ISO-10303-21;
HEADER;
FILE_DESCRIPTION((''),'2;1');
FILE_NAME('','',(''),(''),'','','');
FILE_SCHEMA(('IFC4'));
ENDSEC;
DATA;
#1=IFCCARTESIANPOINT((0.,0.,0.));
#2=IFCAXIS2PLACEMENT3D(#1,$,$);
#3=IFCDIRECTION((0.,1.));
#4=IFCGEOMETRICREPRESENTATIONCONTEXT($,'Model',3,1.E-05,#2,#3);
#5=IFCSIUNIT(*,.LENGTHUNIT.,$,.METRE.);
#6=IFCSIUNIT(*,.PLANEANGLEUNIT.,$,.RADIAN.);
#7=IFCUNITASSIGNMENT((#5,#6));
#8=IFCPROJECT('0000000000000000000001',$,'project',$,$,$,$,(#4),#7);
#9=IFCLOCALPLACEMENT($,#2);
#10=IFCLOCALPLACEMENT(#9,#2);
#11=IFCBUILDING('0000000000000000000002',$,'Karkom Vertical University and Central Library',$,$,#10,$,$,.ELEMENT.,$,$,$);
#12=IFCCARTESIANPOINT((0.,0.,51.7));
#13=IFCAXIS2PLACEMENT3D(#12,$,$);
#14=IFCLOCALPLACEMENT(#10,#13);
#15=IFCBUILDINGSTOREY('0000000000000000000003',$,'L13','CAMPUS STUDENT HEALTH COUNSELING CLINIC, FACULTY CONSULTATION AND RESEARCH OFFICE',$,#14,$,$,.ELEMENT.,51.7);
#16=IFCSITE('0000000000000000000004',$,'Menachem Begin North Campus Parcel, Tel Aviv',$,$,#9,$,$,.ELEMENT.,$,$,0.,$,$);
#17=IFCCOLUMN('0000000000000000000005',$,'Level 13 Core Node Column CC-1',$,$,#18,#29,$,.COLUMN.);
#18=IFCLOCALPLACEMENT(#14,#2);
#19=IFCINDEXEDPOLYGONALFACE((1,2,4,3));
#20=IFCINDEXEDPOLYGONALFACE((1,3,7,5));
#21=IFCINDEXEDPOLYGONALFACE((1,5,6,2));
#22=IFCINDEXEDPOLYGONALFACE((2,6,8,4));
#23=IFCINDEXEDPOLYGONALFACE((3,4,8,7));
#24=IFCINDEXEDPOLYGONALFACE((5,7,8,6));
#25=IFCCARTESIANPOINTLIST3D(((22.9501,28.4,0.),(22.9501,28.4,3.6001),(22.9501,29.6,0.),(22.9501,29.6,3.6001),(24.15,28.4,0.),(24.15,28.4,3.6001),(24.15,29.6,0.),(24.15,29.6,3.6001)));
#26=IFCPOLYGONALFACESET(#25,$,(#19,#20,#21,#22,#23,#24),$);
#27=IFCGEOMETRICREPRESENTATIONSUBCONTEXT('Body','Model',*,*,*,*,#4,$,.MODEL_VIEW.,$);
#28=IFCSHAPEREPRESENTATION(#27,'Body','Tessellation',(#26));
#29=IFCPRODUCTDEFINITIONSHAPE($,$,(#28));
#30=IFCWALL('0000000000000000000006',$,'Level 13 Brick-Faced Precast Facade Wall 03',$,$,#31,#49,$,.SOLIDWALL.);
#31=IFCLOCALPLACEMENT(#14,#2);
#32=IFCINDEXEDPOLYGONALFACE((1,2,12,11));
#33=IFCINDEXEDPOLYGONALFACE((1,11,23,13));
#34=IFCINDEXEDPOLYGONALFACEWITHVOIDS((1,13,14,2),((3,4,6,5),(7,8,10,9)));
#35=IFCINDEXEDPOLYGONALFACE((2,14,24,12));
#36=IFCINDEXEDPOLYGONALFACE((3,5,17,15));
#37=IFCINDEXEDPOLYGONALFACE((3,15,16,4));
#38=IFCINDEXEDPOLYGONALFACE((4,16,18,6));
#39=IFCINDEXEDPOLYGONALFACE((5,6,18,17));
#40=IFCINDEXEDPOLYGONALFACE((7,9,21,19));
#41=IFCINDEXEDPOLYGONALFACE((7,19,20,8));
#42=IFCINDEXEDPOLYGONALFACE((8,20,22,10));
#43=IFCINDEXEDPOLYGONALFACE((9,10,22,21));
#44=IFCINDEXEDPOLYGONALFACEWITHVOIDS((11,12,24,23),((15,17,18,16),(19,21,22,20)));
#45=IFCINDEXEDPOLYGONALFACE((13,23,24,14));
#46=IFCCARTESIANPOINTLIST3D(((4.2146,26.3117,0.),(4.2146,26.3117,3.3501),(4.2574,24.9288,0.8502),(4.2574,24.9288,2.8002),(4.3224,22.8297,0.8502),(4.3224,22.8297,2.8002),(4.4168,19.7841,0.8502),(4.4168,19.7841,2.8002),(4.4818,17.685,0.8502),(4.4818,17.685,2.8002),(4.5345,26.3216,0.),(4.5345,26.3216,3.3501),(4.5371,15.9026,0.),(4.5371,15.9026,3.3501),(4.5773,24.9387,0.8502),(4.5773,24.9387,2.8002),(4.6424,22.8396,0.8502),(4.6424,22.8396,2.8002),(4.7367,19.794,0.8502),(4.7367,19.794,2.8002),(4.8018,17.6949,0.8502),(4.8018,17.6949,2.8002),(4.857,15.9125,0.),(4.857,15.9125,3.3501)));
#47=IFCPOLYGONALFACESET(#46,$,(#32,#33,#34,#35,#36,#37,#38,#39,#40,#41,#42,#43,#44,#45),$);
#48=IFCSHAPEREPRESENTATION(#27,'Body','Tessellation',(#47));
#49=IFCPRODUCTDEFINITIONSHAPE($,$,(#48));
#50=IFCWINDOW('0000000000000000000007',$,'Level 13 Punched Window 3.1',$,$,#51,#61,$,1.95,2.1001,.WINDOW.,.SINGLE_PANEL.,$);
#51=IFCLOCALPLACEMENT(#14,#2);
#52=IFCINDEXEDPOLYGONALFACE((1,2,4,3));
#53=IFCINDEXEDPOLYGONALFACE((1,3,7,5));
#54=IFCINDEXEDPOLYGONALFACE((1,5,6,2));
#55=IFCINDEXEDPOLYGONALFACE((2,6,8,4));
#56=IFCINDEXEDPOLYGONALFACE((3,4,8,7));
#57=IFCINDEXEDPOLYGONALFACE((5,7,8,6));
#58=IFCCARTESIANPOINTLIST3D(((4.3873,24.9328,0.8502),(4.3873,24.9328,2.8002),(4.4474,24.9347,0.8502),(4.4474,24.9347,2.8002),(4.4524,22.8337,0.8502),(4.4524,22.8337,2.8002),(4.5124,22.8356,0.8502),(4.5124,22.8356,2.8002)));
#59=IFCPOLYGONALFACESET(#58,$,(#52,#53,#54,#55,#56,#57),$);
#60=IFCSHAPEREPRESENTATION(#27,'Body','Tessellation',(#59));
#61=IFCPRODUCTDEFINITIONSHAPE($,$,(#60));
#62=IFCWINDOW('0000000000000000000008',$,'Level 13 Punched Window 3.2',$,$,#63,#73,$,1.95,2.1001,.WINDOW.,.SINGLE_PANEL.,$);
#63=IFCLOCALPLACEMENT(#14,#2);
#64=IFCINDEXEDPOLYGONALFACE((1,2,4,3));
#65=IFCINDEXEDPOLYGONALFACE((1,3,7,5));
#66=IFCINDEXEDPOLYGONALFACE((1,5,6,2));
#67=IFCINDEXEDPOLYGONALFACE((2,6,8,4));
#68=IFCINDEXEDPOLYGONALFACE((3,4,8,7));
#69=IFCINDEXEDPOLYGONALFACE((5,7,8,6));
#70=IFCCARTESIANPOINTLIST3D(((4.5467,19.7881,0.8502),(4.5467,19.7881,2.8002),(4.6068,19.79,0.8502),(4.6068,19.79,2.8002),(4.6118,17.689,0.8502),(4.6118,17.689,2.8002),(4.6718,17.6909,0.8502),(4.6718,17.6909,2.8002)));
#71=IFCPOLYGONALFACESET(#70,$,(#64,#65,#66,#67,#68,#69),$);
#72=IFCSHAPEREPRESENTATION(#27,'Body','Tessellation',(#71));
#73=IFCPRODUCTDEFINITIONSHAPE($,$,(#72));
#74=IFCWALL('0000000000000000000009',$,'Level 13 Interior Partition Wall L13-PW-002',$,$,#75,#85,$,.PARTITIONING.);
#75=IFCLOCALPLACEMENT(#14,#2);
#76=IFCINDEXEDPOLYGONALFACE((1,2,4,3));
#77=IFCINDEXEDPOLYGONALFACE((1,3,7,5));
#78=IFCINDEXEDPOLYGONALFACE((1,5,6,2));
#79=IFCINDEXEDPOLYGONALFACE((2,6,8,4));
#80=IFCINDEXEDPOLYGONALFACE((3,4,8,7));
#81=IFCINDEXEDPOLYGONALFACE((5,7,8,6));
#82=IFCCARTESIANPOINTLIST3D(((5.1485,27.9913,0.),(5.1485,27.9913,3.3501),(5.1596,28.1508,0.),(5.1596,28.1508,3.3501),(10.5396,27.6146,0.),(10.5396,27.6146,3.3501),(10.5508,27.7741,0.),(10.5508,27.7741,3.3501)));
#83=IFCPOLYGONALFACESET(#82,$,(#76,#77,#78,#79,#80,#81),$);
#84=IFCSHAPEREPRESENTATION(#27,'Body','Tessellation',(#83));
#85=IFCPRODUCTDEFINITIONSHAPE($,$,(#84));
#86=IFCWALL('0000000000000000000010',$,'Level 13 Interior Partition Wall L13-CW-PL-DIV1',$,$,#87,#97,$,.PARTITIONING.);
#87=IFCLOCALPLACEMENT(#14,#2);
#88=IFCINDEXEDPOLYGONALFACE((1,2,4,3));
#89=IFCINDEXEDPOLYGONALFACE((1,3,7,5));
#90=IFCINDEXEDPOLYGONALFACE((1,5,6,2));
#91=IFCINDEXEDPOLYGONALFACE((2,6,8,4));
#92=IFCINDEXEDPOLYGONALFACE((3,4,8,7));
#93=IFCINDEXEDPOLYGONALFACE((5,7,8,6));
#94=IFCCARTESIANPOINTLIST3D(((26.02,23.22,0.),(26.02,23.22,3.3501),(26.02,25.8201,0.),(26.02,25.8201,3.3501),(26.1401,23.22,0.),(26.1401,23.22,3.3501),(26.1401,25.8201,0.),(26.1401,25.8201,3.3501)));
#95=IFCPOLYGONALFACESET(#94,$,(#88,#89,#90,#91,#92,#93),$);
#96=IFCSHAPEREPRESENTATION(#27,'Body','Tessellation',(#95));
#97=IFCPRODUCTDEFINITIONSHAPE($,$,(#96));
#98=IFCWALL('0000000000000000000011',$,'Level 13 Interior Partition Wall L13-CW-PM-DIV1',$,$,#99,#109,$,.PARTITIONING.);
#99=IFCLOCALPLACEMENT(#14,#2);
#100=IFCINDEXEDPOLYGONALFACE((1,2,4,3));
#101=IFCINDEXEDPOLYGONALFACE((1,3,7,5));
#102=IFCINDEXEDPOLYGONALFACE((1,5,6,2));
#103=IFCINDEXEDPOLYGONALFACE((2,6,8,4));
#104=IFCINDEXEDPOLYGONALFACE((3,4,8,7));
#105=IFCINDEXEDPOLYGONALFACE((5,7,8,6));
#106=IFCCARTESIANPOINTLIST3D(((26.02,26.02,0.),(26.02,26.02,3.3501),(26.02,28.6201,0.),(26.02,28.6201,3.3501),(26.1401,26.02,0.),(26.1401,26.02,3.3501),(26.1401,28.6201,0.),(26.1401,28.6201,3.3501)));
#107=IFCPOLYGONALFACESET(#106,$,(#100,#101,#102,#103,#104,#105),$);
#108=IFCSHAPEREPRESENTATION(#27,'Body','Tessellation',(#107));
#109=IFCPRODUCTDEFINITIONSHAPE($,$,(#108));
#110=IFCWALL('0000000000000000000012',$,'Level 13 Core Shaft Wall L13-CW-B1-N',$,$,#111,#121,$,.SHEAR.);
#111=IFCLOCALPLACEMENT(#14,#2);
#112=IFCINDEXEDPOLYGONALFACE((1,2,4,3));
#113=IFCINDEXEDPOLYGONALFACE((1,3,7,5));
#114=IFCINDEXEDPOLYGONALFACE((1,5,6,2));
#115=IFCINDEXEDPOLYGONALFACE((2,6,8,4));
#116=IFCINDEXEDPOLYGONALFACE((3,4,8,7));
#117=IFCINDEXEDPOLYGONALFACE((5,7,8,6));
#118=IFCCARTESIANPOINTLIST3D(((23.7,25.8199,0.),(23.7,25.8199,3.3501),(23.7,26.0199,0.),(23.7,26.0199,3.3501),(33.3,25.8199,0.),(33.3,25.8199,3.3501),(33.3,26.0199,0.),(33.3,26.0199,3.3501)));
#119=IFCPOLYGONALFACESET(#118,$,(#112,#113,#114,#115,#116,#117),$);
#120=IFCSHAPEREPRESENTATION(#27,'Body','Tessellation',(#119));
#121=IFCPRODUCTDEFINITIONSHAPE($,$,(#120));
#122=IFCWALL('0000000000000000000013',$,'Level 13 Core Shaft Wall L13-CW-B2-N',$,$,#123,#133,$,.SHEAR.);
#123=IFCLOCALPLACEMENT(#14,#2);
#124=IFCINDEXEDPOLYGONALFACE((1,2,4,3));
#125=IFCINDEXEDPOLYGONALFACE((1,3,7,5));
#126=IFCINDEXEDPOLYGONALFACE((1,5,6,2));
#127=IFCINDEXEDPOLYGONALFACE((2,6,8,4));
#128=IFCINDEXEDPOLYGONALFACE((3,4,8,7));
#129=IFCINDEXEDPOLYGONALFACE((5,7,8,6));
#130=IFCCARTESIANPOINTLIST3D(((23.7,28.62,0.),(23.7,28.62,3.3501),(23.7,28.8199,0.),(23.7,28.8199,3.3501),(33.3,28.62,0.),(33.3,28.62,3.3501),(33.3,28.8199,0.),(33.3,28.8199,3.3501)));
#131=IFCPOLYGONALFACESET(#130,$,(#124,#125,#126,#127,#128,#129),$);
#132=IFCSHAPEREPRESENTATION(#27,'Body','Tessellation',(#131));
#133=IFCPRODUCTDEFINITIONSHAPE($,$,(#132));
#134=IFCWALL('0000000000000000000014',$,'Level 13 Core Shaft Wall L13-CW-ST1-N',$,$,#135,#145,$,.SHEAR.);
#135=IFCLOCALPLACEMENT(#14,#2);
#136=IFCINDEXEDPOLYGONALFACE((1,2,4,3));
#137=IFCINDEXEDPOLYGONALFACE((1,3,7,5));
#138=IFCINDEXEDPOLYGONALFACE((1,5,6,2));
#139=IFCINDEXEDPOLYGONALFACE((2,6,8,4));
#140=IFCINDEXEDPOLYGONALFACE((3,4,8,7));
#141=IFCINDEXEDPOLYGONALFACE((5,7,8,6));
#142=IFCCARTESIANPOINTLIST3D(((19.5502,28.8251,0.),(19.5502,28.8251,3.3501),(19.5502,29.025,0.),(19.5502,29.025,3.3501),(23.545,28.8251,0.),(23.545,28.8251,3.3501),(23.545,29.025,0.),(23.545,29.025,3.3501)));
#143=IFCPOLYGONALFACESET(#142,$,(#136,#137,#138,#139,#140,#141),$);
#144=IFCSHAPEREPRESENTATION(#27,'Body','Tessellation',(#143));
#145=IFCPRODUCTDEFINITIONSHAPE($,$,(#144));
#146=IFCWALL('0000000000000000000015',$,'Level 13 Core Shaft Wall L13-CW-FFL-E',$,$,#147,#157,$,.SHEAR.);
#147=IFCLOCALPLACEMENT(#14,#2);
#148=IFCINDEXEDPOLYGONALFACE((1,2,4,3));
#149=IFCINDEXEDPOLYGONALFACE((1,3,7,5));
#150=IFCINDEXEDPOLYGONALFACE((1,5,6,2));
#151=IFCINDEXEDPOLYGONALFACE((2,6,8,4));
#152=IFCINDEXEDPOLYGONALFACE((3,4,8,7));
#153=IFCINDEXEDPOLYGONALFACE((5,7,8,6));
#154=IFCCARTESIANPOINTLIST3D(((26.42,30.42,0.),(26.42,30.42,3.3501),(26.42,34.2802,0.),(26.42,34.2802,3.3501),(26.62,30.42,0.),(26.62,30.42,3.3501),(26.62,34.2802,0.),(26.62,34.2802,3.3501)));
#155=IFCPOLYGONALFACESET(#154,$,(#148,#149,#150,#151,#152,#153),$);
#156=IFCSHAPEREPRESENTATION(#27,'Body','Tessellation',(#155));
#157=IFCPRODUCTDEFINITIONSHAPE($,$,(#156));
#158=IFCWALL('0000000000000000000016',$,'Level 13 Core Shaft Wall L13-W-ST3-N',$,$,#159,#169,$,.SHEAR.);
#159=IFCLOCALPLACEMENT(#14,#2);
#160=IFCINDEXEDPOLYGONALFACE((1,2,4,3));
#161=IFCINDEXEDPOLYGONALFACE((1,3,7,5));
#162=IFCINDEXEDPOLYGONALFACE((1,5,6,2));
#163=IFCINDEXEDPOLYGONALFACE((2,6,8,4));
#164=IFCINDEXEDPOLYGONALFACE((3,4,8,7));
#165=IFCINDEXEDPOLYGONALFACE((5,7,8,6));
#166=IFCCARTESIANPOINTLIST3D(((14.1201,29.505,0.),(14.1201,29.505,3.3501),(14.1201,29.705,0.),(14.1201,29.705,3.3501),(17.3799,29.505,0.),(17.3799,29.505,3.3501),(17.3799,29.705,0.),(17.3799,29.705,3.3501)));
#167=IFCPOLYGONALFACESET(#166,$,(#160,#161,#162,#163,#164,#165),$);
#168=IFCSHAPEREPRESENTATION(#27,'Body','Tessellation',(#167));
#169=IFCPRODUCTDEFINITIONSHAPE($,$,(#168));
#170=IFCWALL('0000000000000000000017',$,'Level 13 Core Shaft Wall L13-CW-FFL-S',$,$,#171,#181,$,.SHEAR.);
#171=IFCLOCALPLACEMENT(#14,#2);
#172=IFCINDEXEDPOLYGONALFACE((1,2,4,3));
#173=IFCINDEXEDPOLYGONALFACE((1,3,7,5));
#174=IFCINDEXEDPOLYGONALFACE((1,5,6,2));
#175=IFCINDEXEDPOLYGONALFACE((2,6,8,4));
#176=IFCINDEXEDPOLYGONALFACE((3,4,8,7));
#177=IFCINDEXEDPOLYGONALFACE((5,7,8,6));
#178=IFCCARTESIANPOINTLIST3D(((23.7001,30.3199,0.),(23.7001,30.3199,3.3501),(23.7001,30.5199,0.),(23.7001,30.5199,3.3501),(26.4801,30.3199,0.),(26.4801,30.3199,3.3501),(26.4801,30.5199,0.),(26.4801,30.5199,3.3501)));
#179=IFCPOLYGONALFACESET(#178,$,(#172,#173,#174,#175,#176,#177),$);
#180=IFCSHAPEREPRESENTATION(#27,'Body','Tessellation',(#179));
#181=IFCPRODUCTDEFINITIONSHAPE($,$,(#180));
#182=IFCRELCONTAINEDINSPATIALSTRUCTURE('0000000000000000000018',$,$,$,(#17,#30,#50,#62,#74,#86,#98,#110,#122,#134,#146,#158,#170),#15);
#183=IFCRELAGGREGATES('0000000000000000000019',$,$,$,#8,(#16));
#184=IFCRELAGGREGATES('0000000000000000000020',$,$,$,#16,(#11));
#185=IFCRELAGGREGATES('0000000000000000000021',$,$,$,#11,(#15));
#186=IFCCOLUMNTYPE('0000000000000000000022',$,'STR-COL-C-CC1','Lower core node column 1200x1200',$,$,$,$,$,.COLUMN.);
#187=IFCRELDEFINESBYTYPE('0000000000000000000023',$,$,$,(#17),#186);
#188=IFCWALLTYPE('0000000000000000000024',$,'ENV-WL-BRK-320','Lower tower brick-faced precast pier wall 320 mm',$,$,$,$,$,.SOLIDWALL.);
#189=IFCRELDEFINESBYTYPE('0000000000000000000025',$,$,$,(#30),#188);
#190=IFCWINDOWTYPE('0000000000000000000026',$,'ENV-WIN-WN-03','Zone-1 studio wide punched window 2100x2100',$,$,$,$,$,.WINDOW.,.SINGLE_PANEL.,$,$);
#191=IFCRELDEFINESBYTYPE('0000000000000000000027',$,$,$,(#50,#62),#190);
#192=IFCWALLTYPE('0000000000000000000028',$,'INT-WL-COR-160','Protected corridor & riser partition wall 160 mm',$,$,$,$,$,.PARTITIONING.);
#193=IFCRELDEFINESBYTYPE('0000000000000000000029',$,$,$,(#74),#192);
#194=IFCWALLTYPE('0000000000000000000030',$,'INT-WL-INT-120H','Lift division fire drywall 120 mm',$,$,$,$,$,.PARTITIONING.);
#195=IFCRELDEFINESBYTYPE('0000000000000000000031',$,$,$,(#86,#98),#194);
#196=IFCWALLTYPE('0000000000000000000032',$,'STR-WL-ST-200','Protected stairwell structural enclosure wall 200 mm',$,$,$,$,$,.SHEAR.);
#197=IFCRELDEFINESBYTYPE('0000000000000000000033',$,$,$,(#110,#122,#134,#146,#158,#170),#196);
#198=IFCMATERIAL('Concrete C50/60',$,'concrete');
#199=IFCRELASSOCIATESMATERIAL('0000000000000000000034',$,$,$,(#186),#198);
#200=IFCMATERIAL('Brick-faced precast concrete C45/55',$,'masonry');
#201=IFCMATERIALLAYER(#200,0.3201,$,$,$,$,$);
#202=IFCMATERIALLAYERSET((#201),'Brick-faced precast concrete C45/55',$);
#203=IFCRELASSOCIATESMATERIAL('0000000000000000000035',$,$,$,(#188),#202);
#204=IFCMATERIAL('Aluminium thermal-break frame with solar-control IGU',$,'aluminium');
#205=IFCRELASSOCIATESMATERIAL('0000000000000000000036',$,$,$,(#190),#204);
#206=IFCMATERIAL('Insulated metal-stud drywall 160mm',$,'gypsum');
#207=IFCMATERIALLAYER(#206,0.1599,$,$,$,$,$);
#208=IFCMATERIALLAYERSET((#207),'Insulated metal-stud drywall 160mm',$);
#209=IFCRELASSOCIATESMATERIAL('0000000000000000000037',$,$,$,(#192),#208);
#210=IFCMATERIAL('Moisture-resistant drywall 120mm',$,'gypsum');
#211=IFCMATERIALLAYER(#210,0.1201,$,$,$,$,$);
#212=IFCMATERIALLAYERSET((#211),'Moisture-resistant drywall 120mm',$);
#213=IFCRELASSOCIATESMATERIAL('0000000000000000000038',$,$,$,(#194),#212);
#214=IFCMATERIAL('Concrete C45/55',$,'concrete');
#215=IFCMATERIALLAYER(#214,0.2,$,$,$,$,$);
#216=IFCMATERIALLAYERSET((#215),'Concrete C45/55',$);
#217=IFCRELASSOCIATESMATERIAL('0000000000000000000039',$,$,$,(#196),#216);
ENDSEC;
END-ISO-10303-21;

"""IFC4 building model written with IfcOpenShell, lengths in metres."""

from ifc_helpers import new_model, si_unit, direction, frame, frame_2d, origin, origin_with_axes, origin_2d, place, context, subcontext, project, spatial, rectangle, extrude, source, transform, mapped, material, layer, layer_set, material_profile, profile_set, type_object, element, fill, save


model = new_model("IFC4")

# Units and contexts
model_context = context("Model", 3, precision=1e-05, world=origin(), true_north=direction((0.0, 1.0)))
body_context = subcontext(model_context, "Body", "Model", "MODEL_VIEW")
ifc_project = project(units=[si_unit("LENGTHUNIT", "METRE"), si_unit("PLANEANGLEUNIT", "RADIAN")], contexts=[model_context])

# Site, building, storey
site_placement = place(None, origin())
site = spatial("IfcSite", under=ifc_project, at=site_placement, Name="Menachem Begin North Campus Parcel, Tel Aviv", CompositionType="ELEMENT", RefElevation=0.0)
building_placement = place(site_placement, origin())
building = spatial("IfcBuilding", under=site, at=building_placement, Name="Karkom Vertical University and Central Library", CompositionType="ELEMENT")
storey_placement = place(building_placement, frame((0.0, 0.0, 51.7)))
storey = spatial("IfcBuildingStorey", under=building, at=storey_placement, Name="L13", Description="CAMPUS STUDENT HEALTH COUNSELING CLINIC, FACULTY CONSULTATION AND RESEARCH OFFICE", CompositionType="ELEMENT", Elevation=51.7)

# Column
ifc_material_1 = material(Name="Concrete C50/60", Category="concrete")
ifc_material_profile = material_profile(ifc_material_1, rectangle(XDim=1.2, YDim=1.2, at=origin_2d()), Name="RC-1200x1200")
ifc_profile_set = profile_set([ifc_material_profile], Name="Concrete C50/60")
column_type = type_object("IfcColumnType", Name="STR-COL-C-CC1", Description="Lower core node column 1200x1200", PredefinedType="COLUMN", material=ifc_profile_set)
shared_shape_1 = source(origin_with_axes(), body_context, "Body", "SweptSolid", [
    extrude(rectangle(XDim=1.2, YDim=1.2, at=origin_2d()), origin(), (0.0, 0.0, 1.0), 3.6001),
])
column_placement = place(storey_placement, frame((23.55, 29.0, 0.0), z_axis=(0.0, 0.0, 1.0), x_axis=(1.0, 0.0, 0.0)))
element("IfcColumn", 1, at=column_placement, inside=storey, type_object=column_type, Name="Level 13 Core Node Column CC-1", PredefinedType="COLUMN", context=body_context, shape_type="MappedRepresentation", body=[
    mapped(shared_shape_1, transform((0.0, 0.0, 0.0), scale=1.0)),
])

# Wall, openings, windows
ifc_material_2 = material(Name="Brick-faced precast concrete C45/55", Category="masonry")
ifc_layer_1 = layer(ifc_material_2, 0.3201)
ifc_layer_set_1 = layer_set([ifc_layer_1], Name="Brick-faced precast concrete C45/55")
wall_type_1 = type_object("IfcWallType", Name="ENV-WL-BRK-320", Description="Lower tower brick-faced precast pier wall 320 mm", PredefinedType="SOLIDWALL", material=ifc_layer_set_1)
wall_1_placement = place(storey_placement, frame((4.3745, 26.3167, 0.0), z_axis=(0.0, 0.0, 1.0), x_axis=(0.030968, -0.99952, 0.0)))
wall_1 = element("IfcWall", 2, at=wall_1_placement, inside=storey, type_object=wall_type_1, Name="Level 13 Brick-Faced Precast Facade Wall 03", PredefinedType="SOLIDWALL", context=body_context, shape_type="SweptSolid", body=[
    extrude(rectangle(XDim=10.4141, YDim=0.3201, at=frame_2d((5.207, 0.0))), origin(), (0.0, 0.0, 1.0), 3.3501),
])
opening_1_placement = place(wall_1_placement, frame((1.3835, 0.0, 0.8501)))
opening_1 = element("IfcOpeningElement", 3, at=opening_1_placement, cuts=wall_1, PredefinedType="OPENING", context=body_context, shape_type="SweptSolid", body=[
    extrude(rectangle(XDim=2.1001, YDim=1.95, at=frame_2d((1.05, 0.9751))), frame((0.0, 0.1699, 0.0), z_axis=(0.0, -1.0, 0.0), x_axis=(1.0, 0.0, 0.0)), (0.0, 0.0, 1.0), 0.3401),
])
opening_2_placement = place(wall_1_placement, frame((6.5308, 0.0, 0.8501)))
opening_2 = element("IfcOpeningElement", 4, at=opening_2_placement, cuts=wall_1, PredefinedType="OPENING", context=body_context, shape_type="SweptSolid", body=[
    extrude(rectangle(XDim=2.1001, YDim=1.95, at=frame_2d((1.05, 0.9751))), frame((0.0, 0.1699, 0.0), z_axis=(0.0, -1.0, 0.0), x_axis=(1.0, 0.0, 0.0)), (0.0, 0.0, 1.0), 0.3401),
])
ifc_material_3 = material(Name="Aluminium thermal-break frame with solar-control IGU", Category="aluminium")
window_type = type_object("IfcWindowType", Name="ENV-WIN-WN-03", Description="Zone-1 studio wide punched window 2100x2100", PartitioningType="SINGLE_PANEL", PredefinedType="WINDOW", material=ifc_material_3)
shared_shape_2 = source(origin_with_axes(), body_context, "Body", "SweptSolid", [
    extrude(rectangle(XDim=2.1001, YDim=1.95, at=frame_2d((1.05, 0.9751))), frame((0.0, 0.03, 0.0), z_axis=(0.0, -1.0, 0.0), x_axis=(1.0, 0.0, 0.0)), (0.0, 0.0, 1.0), 0.0601),
])
window_1_placement = place(opening_1_placement, origin())
window_1 = element("IfcWindow", 5, at=window_1_placement, inside=storey, type_object=window_type, Name="Level 13 Punched Window 3.1", OverallHeight=1.95, OverallWidth=2.1001, PartitioningType="SINGLE_PANEL", PredefinedType="WINDOW", context=body_context, shape_type="MappedRepresentation", body=[
    mapped(shared_shape_2, transform((0.0, 0.0, 0.0), scale=1.0)),
])
fill(opening_1, window_1)
window_2_placement = place(opening_2_placement, origin())
window_2 = element("IfcWindow", 6, at=window_2_placement, inside=storey, type_object=window_type, Name="Level 13 Punched Window 3.2", OverallHeight=1.95, OverallWidth=2.1001, PartitioningType="SINGLE_PANEL", PredefinedType="WINDOW", context=body_context, shape_type="MappedRepresentation", body=[
    mapped(shared_shape_2, transform((0.0, 0.0, 0.0), scale=1.0)),
])
fill(opening_2, window_2)

# Walls
ifc_material_4 = material(Name="Insulated metal-stud drywall 160mm", Category="gypsum")
ifc_layer_2 = layer(ifc_material_4, 0.1599)
ifc_layer_set_2 = layer_set([ifc_layer_2], Name="Insulated metal-stud drywall 160mm")
wall_type_2 = type_object("IfcWallType", Name="INT-WL-COR-160", Description="Protected corridor & riser partition wall 160 mm", PredefinedType="PARTITIONING", material=ifc_layer_set_2)
wall_2_placement = place(storey_placement, frame((5.1541, 28.071, 0.0), z_axis=(0.0, 0.0, 1.0), x_axis=(0.997568, -0.069706, 0.0)))
element("IfcWall", 7, at=wall_2_placement, inside=storey, type_object=wall_type_2, Name="Level 13 Interior Partition Wall L13-PW-002", PredefinedType="PARTITIONING", context=body_context, shape_type="SweptSolid", body=[
    extrude(rectangle(XDim=5.4043, YDim=0.1599, at=frame_2d((2.7021, 0.0))), origin(), (0.0, 0.0, 1.0), 3.3501),
])
ifc_material_5 = material(Name="Moisture-resistant drywall 120mm", Category="gypsum")
ifc_layer_3 = layer(ifc_material_5, 0.1201)
ifc_layer_set_3 = layer_set([ifc_layer_3], Name="Moisture-resistant drywall 120mm")
wall_type_3 = type_object("IfcWallType", Name="INT-WL-INT-120H", Description="Lift division fire drywall 120 mm", PredefinedType="PARTITIONING", material=ifc_layer_set_3)
for number, where, z_axis, x_axis, name in (
    (8, (26.0801, 23.22, 0.0), (0.0, 0.0, 1.0), (0.0, 1.0, 0.0), "Level 13 Interior Partition Wall L13-CW-PL-DIV1"),
    (9, (26.0801, 26.02, 0.0), (0.0, 0.0, 1.0), (0.0, 1.0, 0.0), "Level 13 Interior Partition Wall L13-CW-PM-DIV1"),
):
    element("IfcWall", number, at=place(storey_placement, frame(where, z_axis=z_axis, x_axis=x_axis)), inside=storey, type_object=wall_type_3, Name=name, PredefinedType="PARTITIONING", context=body_context, shape_type="SweptSolid", body=[
        extrude(rectangle(XDim=2.6001, YDim=0.1201, at=frame_2d((1.3, 0.0))), origin(), (0.0, 0.0, 1.0), 3.3501),
    ])
ifc_material_6 = material(Name="Concrete C45/55", Category="concrete")
ifc_layer_4 = layer(ifc_material_6, 0.2)
ifc_layer_set_4 = layer_set([ifc_layer_4], Name="Concrete C45/55")
wall_type_4 = type_object("IfcWallType", Name="STR-WL-ST-200", Description="Protected stairwell structural enclosure wall 200 mm", PredefinedType="SHEAR", material=ifc_layer_set_4)
for number, where, z_axis, x_axis, name in (
    (10, (23.7, 25.9199, 0.0), (0.0, 0.0, 1.0), (1.0, 0.0, 0.0), "Level 13 Core Shaft Wall L13-CW-B1-N"),
    (11, (23.7, 28.72, 0.0), (0.0, 0.0, 1.0), (1.0, 0.0, 0.0), "Level 13 Core Shaft Wall L13-CW-B2-N"),
):
    element("IfcWall", number, at=place(storey_placement, frame(where, z_axis=z_axis, x_axis=x_axis)), inside=storey, type_object=wall_type_4, Name=name, PredefinedType="SHEAR", context=body_context, shape_type="SweptSolid", body=[
        extrude(rectangle(XDim=9.6001, YDim=0.2, at=frame_2d((4.8, 0.0))), origin(), (0.0, 0.0, 1.0), 3.3501),
    ])
wall_3_placement = place(storey_placement, frame((19.55, 28.925, 0.0), z_axis=(0.0, 0.0, 1.0), x_axis=(1.0, 0.0, 0.0)))
element("IfcWall", 12, at=wall_3_placement, inside=storey, type_object=wall_type_4, Name="Level 13 Core Shaft Wall L13-CW-ST1-N", PredefinedType="SHEAR", context=body_context, shape_type="SweptSolid", body=[
    extrude(rectangle(XDim=3.9949, YDim=0.2, at=frame_2d((1.9976, 0.0))), origin(), (0.0, 0.0, 1.0), 3.3501),
])
wall_4_placement = place(storey_placement, frame((26.52, 30.4199, 0.0), z_axis=(0.0, 0.0, 1.0), x_axis=(0.0, 1.0, 0.0)))
element("IfcWall", 13, at=wall_4_placement, inside=storey, type_object=wall_type_4, Name="Level 13 Core Shaft Wall L13-CW-FFL-E", PredefinedType="SHEAR", context=body_context, shape_type="SweptSolid", body=[
    extrude(rectangle(XDim=3.8601, YDim=0.2, at=frame_2d((1.9302, 0.0))), origin(), (0.0, 0.0, 1.0), 3.3501),
])
wall_5_placement = place(storey_placement, frame((14.1201, 29.605, 0.0), z_axis=(0.0, 0.0, 1.0), x_axis=(1.0, 0.0, 0.0)))
element("IfcWall", 14, at=wall_5_placement, inside=storey, type_object=wall_type_4, Name="Level 13 Core Shaft Wall L13-W-ST3-N", PredefinedType="SHEAR", context=body_context, shape_type="SweptSolid", body=[
    extrude(rectangle(XDim=3.2598, YDim=0.2, at=frame_2d((1.6299, 0.0))), origin(), (0.0, 0.0, 1.0), 3.3501),
])
wall_6_placement = place(storey_placement, frame((23.7, 30.4199, 0.0), z_axis=(0.0, 0.0, 1.0), x_axis=(1.0, 0.0, 0.0)))
element("IfcWall", 15, at=wall_6_placement, inside=storey, type_object=wall_type_4, Name="Level 13 Core Shaft Wall L13-CW-FFL-S", PredefinedType="SHEAR", context=body_context, shape_type="SweptSolid", body=[
    extrude(rectangle(XDim=2.78, YDim=0.2, at=frame_2d((1.3901, 0.0))), origin(), (0.0, 0.0, 1.0), 3.3501),
])

save(model, "model.ifc")
